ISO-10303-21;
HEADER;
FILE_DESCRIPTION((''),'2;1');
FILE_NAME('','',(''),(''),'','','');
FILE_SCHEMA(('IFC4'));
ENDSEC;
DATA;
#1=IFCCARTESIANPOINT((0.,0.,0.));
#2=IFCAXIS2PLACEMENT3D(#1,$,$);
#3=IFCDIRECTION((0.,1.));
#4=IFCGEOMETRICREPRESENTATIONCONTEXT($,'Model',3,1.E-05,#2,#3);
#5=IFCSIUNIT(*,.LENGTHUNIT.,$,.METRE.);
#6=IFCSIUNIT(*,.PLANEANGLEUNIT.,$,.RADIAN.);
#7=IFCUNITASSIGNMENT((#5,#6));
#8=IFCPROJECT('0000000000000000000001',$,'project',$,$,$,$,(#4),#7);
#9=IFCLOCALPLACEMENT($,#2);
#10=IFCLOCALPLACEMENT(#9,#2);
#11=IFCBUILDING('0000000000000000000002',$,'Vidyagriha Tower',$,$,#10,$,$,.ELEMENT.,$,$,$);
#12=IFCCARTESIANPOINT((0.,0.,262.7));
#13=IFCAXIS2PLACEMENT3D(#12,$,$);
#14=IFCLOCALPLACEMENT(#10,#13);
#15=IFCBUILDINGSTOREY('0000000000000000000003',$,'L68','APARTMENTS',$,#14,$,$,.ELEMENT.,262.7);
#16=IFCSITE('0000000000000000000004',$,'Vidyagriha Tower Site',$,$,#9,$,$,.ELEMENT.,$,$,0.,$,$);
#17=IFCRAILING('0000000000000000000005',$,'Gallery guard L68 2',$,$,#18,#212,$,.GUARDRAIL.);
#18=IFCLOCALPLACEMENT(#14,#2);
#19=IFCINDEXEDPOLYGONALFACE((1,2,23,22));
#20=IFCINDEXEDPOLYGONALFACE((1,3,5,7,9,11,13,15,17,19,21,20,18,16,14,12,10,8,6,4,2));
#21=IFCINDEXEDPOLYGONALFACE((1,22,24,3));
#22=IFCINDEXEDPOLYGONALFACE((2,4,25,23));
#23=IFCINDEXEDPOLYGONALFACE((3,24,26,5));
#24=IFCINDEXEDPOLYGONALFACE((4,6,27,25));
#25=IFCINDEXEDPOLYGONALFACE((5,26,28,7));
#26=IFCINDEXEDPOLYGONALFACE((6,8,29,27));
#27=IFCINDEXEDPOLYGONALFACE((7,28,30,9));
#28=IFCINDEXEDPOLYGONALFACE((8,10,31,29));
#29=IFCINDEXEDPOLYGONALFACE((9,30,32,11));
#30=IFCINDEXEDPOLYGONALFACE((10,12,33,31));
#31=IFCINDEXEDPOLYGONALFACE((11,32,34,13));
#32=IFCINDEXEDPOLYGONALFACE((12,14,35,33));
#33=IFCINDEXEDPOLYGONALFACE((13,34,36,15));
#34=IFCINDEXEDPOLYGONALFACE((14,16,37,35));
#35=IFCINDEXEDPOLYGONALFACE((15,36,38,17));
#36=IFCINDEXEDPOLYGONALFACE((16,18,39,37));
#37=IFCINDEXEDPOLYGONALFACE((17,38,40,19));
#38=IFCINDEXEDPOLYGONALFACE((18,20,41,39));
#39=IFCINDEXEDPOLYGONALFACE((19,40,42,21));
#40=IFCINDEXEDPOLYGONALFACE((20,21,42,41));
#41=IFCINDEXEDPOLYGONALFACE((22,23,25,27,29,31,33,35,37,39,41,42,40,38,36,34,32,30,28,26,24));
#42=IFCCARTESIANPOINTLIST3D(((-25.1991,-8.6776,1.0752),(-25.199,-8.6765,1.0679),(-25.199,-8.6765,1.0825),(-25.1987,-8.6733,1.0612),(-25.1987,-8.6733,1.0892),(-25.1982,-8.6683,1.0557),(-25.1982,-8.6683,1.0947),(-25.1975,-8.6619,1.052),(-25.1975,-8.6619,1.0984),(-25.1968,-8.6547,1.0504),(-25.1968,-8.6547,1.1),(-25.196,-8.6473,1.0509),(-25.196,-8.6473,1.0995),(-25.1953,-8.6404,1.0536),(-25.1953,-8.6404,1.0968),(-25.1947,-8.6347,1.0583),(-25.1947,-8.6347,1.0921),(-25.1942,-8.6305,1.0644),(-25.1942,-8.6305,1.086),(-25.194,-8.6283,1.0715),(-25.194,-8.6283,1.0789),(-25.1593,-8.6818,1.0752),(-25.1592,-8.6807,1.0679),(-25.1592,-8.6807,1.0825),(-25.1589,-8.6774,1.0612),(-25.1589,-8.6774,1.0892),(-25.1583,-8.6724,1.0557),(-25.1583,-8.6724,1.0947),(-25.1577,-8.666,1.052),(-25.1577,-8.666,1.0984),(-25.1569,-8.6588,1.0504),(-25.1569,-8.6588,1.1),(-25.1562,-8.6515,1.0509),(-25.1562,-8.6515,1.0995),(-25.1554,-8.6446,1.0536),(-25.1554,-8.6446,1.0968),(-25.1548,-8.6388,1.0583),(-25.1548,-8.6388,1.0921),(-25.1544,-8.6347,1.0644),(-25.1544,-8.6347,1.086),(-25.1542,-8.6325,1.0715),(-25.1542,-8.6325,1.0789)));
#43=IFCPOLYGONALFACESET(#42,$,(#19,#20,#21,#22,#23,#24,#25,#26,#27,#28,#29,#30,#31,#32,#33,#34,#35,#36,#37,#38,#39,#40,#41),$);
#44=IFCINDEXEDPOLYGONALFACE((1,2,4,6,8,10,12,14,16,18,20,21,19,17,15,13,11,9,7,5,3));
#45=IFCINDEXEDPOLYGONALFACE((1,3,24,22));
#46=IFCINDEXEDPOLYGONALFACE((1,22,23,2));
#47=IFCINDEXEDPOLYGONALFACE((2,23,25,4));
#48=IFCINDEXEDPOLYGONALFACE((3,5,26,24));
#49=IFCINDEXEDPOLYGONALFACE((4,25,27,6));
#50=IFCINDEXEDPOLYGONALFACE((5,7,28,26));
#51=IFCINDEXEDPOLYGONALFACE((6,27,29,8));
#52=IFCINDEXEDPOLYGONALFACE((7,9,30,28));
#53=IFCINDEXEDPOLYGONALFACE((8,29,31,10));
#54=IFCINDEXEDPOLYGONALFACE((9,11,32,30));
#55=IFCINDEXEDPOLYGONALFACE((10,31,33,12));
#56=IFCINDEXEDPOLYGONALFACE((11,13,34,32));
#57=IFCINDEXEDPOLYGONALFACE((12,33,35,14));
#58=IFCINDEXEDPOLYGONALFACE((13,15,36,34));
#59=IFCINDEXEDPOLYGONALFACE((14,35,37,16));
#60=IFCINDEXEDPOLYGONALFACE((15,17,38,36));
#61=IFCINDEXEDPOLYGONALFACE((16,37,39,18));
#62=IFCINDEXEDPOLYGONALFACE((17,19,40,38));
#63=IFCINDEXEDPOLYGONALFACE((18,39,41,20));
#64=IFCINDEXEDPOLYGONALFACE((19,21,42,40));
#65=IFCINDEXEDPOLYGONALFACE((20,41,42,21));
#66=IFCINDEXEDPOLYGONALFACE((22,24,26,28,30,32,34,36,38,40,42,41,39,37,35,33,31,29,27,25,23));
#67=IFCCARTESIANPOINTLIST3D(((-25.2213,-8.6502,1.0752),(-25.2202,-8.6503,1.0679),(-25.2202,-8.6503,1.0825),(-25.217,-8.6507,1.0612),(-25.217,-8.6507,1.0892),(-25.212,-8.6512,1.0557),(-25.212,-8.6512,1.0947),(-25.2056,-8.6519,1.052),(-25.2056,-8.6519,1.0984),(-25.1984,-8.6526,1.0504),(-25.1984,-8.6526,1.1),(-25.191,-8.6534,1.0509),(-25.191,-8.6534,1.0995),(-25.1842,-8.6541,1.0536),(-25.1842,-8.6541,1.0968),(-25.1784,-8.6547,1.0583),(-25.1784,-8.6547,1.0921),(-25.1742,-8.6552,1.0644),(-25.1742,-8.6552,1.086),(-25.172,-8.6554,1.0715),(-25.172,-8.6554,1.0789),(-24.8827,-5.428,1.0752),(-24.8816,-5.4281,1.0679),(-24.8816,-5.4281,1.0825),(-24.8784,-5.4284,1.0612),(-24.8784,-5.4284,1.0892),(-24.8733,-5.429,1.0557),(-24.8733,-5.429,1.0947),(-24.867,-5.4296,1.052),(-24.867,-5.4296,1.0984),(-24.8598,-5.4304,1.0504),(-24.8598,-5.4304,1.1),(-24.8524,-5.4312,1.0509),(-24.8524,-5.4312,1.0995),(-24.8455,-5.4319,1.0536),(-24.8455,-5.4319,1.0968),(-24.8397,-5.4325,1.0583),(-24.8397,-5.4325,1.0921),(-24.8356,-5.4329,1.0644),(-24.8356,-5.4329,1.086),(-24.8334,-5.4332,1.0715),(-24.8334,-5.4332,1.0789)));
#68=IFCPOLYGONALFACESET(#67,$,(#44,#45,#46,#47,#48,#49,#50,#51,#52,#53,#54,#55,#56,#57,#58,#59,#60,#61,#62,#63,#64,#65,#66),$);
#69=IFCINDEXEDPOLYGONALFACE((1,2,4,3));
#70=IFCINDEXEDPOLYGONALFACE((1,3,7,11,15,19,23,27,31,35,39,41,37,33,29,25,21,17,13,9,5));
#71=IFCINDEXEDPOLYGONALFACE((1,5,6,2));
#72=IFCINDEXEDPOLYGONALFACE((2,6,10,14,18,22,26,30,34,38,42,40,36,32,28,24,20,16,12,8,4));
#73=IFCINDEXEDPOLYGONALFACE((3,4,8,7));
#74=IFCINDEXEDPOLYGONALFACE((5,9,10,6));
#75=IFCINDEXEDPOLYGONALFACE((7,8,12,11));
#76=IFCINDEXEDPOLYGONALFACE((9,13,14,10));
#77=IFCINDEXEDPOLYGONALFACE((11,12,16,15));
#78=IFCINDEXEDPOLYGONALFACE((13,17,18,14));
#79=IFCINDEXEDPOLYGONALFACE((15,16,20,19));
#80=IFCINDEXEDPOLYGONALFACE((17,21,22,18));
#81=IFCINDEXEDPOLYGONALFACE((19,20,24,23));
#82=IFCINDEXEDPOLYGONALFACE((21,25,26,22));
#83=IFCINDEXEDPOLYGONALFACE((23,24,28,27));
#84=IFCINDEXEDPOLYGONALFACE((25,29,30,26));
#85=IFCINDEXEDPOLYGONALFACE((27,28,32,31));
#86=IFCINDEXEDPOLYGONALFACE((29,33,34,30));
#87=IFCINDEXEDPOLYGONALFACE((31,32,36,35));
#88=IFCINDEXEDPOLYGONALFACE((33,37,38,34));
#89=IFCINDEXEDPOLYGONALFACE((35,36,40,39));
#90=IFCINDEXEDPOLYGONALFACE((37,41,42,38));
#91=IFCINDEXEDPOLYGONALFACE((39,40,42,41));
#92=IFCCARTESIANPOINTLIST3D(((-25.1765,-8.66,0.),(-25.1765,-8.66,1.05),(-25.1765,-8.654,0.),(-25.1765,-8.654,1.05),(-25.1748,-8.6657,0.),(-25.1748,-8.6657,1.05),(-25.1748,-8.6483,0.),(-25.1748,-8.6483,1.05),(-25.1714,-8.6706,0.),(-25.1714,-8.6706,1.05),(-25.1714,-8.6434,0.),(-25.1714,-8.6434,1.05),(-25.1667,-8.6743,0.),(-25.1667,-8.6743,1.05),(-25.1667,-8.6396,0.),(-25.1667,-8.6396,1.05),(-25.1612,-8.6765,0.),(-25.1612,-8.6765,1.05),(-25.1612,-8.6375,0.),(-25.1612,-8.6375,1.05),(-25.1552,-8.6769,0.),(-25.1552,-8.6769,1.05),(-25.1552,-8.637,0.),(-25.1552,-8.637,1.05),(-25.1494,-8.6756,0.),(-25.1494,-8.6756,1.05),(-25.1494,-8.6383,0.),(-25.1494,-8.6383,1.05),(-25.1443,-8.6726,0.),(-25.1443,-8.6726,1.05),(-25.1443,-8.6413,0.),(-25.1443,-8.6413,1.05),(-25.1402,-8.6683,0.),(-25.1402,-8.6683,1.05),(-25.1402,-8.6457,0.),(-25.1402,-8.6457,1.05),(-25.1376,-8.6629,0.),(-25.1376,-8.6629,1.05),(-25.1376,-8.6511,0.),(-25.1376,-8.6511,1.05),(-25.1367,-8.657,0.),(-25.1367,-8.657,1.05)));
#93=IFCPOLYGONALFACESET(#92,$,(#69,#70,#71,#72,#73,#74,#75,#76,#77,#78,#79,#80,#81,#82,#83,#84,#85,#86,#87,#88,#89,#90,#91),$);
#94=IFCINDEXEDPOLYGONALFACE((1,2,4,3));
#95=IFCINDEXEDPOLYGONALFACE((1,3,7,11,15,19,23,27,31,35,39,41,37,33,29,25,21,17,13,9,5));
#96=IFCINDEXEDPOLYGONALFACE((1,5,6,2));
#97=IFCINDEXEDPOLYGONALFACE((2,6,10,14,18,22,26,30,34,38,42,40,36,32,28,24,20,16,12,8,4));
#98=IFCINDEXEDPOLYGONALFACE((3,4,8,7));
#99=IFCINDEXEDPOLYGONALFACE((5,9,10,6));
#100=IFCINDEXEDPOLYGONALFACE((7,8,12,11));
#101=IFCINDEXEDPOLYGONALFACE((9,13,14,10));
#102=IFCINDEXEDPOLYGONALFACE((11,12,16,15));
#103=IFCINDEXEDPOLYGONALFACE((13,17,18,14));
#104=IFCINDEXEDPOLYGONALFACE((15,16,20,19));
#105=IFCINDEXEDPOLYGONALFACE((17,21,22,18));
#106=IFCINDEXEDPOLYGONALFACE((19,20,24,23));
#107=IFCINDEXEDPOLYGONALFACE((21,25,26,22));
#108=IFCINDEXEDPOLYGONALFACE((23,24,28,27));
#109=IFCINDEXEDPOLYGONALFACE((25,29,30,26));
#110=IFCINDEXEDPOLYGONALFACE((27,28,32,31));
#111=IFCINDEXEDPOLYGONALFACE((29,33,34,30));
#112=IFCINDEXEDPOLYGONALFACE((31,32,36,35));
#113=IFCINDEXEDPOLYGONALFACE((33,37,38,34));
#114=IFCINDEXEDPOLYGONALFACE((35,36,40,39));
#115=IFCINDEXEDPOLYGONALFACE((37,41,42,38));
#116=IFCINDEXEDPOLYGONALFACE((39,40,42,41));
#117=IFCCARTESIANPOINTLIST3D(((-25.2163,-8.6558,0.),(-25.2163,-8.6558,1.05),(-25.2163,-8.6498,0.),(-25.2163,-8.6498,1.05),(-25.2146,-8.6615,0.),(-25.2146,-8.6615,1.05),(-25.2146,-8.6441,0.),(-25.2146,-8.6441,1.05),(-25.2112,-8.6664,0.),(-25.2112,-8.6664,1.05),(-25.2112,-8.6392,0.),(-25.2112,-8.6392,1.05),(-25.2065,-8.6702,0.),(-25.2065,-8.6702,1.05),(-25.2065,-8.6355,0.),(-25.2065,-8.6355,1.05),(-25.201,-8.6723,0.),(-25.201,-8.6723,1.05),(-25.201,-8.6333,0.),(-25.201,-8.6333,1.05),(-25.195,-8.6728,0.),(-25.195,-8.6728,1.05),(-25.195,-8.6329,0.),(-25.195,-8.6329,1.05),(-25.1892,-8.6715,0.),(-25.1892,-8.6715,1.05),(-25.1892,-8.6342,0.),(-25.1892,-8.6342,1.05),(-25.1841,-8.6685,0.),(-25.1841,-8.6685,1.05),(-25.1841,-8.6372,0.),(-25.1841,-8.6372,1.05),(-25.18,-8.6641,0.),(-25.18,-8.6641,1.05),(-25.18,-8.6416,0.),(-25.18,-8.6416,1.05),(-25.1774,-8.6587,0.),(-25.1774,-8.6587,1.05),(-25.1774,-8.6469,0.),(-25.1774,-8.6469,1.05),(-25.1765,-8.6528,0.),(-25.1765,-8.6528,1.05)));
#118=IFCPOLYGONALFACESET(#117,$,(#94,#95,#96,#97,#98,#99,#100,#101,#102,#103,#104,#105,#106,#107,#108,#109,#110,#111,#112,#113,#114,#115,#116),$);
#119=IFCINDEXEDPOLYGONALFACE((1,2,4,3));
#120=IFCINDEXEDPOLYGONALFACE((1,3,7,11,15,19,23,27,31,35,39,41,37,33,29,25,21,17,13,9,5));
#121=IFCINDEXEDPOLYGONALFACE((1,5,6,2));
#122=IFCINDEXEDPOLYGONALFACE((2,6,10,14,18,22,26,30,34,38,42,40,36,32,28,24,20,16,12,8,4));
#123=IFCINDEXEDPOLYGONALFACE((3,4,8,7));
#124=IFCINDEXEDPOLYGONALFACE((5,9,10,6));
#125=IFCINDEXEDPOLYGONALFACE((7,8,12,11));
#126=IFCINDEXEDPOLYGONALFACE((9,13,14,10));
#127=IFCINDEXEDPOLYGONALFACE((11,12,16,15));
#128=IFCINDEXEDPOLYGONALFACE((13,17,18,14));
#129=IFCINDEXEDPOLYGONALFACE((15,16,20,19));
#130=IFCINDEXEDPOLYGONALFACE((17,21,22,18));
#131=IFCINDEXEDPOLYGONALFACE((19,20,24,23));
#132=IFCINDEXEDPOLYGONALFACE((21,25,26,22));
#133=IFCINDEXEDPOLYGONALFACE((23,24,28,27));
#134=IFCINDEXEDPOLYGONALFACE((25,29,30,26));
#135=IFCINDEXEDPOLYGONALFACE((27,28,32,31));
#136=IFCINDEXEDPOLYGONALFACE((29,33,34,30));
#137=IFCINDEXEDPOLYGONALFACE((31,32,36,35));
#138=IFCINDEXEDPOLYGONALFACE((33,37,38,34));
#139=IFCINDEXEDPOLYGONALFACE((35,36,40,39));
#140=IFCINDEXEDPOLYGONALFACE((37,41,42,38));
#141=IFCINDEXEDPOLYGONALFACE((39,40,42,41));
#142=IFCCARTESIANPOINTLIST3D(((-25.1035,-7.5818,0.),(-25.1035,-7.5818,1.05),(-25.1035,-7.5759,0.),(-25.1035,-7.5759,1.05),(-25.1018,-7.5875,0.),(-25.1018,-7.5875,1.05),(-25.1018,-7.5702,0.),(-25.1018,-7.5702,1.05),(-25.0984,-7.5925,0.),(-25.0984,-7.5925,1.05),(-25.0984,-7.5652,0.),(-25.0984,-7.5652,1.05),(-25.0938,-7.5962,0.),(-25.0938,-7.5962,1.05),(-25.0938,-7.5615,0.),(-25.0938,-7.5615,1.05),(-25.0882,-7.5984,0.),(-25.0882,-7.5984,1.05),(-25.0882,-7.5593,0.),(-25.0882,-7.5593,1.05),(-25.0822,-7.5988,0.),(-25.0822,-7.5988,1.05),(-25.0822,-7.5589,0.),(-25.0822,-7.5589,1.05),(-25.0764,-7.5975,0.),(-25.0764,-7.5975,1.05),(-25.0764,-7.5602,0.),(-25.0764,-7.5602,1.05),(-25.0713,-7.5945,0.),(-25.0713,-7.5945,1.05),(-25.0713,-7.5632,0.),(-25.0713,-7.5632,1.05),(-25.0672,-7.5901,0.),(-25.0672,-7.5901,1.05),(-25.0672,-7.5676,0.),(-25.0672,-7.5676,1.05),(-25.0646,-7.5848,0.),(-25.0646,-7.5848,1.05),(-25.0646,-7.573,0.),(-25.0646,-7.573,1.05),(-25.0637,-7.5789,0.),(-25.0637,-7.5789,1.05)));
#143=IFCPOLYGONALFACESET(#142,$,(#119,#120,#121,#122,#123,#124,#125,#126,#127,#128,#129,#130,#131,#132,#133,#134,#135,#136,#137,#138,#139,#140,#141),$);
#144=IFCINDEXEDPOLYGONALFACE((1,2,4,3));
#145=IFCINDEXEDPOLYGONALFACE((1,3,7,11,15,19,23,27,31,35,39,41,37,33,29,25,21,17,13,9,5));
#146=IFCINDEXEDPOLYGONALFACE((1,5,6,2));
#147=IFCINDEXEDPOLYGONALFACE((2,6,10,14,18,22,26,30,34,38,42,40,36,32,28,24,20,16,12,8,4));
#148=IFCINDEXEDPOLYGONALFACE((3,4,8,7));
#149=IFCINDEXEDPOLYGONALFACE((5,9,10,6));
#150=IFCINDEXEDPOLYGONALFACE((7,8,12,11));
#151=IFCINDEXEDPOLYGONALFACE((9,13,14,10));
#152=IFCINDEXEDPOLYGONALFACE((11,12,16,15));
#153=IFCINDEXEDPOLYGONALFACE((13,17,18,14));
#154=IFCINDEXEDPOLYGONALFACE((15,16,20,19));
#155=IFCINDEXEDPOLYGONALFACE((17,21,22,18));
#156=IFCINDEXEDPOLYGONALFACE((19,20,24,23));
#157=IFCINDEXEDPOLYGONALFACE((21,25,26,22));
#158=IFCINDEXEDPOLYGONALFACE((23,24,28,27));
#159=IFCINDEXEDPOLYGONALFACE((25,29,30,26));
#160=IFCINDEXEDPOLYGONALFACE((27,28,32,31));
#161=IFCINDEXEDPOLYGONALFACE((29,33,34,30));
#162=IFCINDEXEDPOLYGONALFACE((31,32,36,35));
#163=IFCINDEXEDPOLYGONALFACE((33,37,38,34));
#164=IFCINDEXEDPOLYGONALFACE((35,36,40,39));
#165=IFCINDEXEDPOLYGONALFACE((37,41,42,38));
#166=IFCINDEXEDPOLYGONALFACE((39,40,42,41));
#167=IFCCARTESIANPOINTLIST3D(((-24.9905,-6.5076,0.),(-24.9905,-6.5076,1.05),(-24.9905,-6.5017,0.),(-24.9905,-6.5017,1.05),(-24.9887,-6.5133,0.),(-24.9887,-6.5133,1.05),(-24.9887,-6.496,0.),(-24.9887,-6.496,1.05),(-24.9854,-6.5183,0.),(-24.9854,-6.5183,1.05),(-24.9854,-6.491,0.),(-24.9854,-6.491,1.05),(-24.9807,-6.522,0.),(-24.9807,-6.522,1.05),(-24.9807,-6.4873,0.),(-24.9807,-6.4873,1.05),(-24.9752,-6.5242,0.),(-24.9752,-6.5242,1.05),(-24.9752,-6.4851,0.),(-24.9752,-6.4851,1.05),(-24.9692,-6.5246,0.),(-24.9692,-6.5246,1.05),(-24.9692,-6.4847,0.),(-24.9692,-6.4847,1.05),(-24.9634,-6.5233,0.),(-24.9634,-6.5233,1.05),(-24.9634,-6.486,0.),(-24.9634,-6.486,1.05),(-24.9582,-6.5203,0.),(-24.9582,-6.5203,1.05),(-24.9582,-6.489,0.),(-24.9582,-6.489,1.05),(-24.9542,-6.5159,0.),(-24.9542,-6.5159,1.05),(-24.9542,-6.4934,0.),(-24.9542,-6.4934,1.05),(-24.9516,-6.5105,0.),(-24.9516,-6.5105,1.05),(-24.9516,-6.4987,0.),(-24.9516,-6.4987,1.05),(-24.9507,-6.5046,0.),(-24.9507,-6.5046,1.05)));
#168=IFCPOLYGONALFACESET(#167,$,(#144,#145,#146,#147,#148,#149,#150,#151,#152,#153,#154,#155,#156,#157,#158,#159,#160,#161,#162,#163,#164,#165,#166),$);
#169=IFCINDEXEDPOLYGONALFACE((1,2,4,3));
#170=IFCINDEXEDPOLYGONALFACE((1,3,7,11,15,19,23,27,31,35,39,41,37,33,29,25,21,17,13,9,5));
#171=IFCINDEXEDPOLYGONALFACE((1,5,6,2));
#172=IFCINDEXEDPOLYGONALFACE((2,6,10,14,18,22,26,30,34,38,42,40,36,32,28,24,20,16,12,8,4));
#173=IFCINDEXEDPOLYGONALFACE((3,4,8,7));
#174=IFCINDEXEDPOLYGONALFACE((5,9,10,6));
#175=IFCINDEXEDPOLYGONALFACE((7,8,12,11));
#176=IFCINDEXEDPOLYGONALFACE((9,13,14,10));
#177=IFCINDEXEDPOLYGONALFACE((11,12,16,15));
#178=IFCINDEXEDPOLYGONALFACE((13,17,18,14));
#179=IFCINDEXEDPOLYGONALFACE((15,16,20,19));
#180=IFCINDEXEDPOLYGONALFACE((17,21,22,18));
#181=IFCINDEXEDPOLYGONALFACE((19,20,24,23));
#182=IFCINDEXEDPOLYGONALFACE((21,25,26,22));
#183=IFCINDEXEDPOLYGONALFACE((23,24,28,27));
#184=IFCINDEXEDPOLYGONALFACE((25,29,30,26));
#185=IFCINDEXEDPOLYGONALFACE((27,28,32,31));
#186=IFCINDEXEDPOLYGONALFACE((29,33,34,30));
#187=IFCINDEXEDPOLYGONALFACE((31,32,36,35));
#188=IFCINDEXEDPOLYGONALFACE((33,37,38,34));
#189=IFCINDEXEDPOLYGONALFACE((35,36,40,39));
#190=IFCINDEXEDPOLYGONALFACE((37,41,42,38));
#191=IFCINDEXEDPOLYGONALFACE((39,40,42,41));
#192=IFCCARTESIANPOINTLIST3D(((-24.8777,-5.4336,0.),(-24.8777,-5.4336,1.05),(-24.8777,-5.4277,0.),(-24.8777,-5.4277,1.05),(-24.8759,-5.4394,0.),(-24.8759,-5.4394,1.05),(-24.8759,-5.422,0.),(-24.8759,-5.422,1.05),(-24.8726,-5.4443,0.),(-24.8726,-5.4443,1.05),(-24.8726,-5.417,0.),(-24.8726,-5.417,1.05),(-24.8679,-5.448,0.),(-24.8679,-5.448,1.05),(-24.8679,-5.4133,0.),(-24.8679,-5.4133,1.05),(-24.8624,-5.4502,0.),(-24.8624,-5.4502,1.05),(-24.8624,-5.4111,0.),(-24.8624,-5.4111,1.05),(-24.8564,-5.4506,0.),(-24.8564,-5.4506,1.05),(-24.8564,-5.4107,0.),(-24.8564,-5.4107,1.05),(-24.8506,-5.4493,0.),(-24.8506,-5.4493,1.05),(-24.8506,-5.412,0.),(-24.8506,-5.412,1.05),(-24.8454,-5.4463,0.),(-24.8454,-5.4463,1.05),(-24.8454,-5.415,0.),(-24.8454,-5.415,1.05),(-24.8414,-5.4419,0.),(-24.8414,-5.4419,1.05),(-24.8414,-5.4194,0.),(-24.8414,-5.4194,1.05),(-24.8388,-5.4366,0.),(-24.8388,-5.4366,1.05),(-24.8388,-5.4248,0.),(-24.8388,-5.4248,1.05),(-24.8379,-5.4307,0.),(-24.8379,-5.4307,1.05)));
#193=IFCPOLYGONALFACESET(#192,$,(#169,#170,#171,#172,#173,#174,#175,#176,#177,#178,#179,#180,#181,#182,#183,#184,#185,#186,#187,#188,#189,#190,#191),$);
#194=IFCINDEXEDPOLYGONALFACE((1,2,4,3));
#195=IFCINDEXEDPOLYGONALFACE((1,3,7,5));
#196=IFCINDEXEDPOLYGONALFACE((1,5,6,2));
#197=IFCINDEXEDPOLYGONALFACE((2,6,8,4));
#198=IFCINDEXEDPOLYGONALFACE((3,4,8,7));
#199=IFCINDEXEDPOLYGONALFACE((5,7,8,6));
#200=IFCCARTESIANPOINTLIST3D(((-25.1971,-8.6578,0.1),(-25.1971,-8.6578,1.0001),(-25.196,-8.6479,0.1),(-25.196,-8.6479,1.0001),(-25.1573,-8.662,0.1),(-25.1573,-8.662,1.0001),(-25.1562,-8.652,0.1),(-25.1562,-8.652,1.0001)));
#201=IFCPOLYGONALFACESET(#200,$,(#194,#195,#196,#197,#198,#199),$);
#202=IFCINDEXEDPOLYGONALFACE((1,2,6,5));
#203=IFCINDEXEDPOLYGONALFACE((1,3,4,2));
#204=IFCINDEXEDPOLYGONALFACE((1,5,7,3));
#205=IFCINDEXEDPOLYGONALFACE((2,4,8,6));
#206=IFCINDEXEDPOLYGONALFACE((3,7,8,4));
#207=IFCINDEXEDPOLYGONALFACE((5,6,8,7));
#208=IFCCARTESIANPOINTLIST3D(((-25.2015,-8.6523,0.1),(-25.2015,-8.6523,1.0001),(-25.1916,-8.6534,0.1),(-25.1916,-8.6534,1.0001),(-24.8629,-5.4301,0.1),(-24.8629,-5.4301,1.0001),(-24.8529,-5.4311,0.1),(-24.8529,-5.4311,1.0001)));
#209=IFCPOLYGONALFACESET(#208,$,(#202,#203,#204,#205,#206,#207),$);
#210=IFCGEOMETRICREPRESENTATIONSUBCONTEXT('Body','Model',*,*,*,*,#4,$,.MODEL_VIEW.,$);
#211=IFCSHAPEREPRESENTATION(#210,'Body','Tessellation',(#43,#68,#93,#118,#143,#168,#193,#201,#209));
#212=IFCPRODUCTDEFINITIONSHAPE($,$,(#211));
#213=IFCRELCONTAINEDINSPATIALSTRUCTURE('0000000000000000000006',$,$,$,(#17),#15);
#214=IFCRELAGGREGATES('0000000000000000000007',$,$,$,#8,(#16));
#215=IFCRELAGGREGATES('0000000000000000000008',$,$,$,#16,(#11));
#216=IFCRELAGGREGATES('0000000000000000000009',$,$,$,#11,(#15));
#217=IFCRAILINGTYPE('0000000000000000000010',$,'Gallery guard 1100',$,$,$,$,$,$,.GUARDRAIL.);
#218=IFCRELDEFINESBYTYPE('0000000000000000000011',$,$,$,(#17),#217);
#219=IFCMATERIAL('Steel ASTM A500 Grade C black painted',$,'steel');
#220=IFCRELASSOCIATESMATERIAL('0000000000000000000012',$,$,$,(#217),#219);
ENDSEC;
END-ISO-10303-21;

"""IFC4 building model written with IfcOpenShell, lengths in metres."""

from ifc_helpers import new_model, si_unit, direction, frame, origin, origin_2d, place, context, subcontext, project, spatial, rectangle, circle, extrude, material, type_object, element, save


model = new_model("IFC4")

# Units and contexts
model_context = context("Model", 3, precision=1e-05, world=origin(), true_north=direction((0.0, 1.0)))
body_context = subcontext(model_context, "Body", "Model", "MODEL_VIEW")
ifc_project = project(units=[si_unit("LENGTHUNIT", "METRE"), si_unit("PLANEANGLEUNIT", "RADIAN")], contexts=[model_context])

# Site, building, storey
site_placement = place(None, origin())
site = spatial("IfcSite", under=ifc_project, at=site_placement, Name="Vidyagriha Tower Site", CompositionType="ELEMENT", RefElevation=0.0)
building_placement = place(site_placement, origin())
building = spatial("IfcBuilding", under=site, at=building_placement, Name="Vidyagriha Tower", CompositionType="ELEMENT")
storey_placement = place(building_placement, frame((0.0, 0.0, 262.7)))
storey = spatial("IfcBuildingStorey", under=building, at=storey_placement, Name="L68", Description="APARTMENTS", CompositionType="ELEMENT", Elevation=262.7)

# Railing
ifc_material_1 = material(Name="Steel ASTM A500 Grade C black painted", Category="steel")
railing_type_1 = type_object("IfcRailingType", Name="Gallery guard 1100", PredefinedType="GUARDRAIL", material=ifc_material_1)
railing_1_placement = place(storey_placement, frame((-25.1567, -8.657, 0.0)))
element("IfcRailing", 1, at=railing_1_placement, inside=storey, type_object=railing_type_1, Name="Gallery guard L68 2", PredefinedType="GUARDRAIL", context=body_context, shape_type="SweptSolid", body=[
    extrude(circle(Radius=0.0249, at=origin_2d()), frame((0.0, 0.0, 1.0752), z_axis=(-0.994605, 0.103732, 0.0), x_axis=(-0.103732, -0.994605, 0.0)), (0.0, 0.0, 1.0), 0.04),
    extrude(circle(Radius=0.0249, at=origin_2d()), frame((-0.0398, 0.0042, 1.0752), z_axis=(0.104516, 0.994523, 0.0), x_axis=(-0.994523, 0.104516, 0.0)), (0.0, 0.0, 1.0), 3.24),
    extrude(circle(Radius=0.02, at=origin_2d()), origin(), (0.0, 0.0, 1.0), 1.05),
    extrude(circle(Radius=0.02, at=origin_2d()), frame((-0.0398, 0.0042, 0.0)), (0.0, 0.0, 1.0), 1.05),
    extrude(circle(Radius=0.02, at=origin_2d()), frame((0.073, 1.0781, 0.0)), (0.0, 0.0, 1.0), 1.05),
    extrude(circle(Radius=0.02, at=origin_2d()), frame((0.186, 2.1523, 0.0)), (0.0, 0.0, 1.0), 1.05),
    extrude(circle(Radius=0.02, at=origin_2d()), frame((0.2988, 3.2263, 0.0)), (0.0, 0.0, 1.0), 1.05),
    extrude(rectangle(XDim=0.01, YDim=0.9001, at=origin_2d()), frame((0.0, 0.0, 0.55), z_axis=(-0.994605, 0.103732, 0.0), x_axis=(-0.103732, -0.994605, 0.0)), (0.0, 0.0, 1.0), 0.04),
    extrude(rectangle(XDim=0.01, YDim=0.9001, at=origin_2d()), frame((-0.0398, 0.0042, 0.55), z_axis=(0.104516, 0.994523, 0.0), x_axis=(-0.994523, 0.104516, 0.0)), (0.0, 0.0, 1.0), 3.24),
])

save(model, "model.ifc")
